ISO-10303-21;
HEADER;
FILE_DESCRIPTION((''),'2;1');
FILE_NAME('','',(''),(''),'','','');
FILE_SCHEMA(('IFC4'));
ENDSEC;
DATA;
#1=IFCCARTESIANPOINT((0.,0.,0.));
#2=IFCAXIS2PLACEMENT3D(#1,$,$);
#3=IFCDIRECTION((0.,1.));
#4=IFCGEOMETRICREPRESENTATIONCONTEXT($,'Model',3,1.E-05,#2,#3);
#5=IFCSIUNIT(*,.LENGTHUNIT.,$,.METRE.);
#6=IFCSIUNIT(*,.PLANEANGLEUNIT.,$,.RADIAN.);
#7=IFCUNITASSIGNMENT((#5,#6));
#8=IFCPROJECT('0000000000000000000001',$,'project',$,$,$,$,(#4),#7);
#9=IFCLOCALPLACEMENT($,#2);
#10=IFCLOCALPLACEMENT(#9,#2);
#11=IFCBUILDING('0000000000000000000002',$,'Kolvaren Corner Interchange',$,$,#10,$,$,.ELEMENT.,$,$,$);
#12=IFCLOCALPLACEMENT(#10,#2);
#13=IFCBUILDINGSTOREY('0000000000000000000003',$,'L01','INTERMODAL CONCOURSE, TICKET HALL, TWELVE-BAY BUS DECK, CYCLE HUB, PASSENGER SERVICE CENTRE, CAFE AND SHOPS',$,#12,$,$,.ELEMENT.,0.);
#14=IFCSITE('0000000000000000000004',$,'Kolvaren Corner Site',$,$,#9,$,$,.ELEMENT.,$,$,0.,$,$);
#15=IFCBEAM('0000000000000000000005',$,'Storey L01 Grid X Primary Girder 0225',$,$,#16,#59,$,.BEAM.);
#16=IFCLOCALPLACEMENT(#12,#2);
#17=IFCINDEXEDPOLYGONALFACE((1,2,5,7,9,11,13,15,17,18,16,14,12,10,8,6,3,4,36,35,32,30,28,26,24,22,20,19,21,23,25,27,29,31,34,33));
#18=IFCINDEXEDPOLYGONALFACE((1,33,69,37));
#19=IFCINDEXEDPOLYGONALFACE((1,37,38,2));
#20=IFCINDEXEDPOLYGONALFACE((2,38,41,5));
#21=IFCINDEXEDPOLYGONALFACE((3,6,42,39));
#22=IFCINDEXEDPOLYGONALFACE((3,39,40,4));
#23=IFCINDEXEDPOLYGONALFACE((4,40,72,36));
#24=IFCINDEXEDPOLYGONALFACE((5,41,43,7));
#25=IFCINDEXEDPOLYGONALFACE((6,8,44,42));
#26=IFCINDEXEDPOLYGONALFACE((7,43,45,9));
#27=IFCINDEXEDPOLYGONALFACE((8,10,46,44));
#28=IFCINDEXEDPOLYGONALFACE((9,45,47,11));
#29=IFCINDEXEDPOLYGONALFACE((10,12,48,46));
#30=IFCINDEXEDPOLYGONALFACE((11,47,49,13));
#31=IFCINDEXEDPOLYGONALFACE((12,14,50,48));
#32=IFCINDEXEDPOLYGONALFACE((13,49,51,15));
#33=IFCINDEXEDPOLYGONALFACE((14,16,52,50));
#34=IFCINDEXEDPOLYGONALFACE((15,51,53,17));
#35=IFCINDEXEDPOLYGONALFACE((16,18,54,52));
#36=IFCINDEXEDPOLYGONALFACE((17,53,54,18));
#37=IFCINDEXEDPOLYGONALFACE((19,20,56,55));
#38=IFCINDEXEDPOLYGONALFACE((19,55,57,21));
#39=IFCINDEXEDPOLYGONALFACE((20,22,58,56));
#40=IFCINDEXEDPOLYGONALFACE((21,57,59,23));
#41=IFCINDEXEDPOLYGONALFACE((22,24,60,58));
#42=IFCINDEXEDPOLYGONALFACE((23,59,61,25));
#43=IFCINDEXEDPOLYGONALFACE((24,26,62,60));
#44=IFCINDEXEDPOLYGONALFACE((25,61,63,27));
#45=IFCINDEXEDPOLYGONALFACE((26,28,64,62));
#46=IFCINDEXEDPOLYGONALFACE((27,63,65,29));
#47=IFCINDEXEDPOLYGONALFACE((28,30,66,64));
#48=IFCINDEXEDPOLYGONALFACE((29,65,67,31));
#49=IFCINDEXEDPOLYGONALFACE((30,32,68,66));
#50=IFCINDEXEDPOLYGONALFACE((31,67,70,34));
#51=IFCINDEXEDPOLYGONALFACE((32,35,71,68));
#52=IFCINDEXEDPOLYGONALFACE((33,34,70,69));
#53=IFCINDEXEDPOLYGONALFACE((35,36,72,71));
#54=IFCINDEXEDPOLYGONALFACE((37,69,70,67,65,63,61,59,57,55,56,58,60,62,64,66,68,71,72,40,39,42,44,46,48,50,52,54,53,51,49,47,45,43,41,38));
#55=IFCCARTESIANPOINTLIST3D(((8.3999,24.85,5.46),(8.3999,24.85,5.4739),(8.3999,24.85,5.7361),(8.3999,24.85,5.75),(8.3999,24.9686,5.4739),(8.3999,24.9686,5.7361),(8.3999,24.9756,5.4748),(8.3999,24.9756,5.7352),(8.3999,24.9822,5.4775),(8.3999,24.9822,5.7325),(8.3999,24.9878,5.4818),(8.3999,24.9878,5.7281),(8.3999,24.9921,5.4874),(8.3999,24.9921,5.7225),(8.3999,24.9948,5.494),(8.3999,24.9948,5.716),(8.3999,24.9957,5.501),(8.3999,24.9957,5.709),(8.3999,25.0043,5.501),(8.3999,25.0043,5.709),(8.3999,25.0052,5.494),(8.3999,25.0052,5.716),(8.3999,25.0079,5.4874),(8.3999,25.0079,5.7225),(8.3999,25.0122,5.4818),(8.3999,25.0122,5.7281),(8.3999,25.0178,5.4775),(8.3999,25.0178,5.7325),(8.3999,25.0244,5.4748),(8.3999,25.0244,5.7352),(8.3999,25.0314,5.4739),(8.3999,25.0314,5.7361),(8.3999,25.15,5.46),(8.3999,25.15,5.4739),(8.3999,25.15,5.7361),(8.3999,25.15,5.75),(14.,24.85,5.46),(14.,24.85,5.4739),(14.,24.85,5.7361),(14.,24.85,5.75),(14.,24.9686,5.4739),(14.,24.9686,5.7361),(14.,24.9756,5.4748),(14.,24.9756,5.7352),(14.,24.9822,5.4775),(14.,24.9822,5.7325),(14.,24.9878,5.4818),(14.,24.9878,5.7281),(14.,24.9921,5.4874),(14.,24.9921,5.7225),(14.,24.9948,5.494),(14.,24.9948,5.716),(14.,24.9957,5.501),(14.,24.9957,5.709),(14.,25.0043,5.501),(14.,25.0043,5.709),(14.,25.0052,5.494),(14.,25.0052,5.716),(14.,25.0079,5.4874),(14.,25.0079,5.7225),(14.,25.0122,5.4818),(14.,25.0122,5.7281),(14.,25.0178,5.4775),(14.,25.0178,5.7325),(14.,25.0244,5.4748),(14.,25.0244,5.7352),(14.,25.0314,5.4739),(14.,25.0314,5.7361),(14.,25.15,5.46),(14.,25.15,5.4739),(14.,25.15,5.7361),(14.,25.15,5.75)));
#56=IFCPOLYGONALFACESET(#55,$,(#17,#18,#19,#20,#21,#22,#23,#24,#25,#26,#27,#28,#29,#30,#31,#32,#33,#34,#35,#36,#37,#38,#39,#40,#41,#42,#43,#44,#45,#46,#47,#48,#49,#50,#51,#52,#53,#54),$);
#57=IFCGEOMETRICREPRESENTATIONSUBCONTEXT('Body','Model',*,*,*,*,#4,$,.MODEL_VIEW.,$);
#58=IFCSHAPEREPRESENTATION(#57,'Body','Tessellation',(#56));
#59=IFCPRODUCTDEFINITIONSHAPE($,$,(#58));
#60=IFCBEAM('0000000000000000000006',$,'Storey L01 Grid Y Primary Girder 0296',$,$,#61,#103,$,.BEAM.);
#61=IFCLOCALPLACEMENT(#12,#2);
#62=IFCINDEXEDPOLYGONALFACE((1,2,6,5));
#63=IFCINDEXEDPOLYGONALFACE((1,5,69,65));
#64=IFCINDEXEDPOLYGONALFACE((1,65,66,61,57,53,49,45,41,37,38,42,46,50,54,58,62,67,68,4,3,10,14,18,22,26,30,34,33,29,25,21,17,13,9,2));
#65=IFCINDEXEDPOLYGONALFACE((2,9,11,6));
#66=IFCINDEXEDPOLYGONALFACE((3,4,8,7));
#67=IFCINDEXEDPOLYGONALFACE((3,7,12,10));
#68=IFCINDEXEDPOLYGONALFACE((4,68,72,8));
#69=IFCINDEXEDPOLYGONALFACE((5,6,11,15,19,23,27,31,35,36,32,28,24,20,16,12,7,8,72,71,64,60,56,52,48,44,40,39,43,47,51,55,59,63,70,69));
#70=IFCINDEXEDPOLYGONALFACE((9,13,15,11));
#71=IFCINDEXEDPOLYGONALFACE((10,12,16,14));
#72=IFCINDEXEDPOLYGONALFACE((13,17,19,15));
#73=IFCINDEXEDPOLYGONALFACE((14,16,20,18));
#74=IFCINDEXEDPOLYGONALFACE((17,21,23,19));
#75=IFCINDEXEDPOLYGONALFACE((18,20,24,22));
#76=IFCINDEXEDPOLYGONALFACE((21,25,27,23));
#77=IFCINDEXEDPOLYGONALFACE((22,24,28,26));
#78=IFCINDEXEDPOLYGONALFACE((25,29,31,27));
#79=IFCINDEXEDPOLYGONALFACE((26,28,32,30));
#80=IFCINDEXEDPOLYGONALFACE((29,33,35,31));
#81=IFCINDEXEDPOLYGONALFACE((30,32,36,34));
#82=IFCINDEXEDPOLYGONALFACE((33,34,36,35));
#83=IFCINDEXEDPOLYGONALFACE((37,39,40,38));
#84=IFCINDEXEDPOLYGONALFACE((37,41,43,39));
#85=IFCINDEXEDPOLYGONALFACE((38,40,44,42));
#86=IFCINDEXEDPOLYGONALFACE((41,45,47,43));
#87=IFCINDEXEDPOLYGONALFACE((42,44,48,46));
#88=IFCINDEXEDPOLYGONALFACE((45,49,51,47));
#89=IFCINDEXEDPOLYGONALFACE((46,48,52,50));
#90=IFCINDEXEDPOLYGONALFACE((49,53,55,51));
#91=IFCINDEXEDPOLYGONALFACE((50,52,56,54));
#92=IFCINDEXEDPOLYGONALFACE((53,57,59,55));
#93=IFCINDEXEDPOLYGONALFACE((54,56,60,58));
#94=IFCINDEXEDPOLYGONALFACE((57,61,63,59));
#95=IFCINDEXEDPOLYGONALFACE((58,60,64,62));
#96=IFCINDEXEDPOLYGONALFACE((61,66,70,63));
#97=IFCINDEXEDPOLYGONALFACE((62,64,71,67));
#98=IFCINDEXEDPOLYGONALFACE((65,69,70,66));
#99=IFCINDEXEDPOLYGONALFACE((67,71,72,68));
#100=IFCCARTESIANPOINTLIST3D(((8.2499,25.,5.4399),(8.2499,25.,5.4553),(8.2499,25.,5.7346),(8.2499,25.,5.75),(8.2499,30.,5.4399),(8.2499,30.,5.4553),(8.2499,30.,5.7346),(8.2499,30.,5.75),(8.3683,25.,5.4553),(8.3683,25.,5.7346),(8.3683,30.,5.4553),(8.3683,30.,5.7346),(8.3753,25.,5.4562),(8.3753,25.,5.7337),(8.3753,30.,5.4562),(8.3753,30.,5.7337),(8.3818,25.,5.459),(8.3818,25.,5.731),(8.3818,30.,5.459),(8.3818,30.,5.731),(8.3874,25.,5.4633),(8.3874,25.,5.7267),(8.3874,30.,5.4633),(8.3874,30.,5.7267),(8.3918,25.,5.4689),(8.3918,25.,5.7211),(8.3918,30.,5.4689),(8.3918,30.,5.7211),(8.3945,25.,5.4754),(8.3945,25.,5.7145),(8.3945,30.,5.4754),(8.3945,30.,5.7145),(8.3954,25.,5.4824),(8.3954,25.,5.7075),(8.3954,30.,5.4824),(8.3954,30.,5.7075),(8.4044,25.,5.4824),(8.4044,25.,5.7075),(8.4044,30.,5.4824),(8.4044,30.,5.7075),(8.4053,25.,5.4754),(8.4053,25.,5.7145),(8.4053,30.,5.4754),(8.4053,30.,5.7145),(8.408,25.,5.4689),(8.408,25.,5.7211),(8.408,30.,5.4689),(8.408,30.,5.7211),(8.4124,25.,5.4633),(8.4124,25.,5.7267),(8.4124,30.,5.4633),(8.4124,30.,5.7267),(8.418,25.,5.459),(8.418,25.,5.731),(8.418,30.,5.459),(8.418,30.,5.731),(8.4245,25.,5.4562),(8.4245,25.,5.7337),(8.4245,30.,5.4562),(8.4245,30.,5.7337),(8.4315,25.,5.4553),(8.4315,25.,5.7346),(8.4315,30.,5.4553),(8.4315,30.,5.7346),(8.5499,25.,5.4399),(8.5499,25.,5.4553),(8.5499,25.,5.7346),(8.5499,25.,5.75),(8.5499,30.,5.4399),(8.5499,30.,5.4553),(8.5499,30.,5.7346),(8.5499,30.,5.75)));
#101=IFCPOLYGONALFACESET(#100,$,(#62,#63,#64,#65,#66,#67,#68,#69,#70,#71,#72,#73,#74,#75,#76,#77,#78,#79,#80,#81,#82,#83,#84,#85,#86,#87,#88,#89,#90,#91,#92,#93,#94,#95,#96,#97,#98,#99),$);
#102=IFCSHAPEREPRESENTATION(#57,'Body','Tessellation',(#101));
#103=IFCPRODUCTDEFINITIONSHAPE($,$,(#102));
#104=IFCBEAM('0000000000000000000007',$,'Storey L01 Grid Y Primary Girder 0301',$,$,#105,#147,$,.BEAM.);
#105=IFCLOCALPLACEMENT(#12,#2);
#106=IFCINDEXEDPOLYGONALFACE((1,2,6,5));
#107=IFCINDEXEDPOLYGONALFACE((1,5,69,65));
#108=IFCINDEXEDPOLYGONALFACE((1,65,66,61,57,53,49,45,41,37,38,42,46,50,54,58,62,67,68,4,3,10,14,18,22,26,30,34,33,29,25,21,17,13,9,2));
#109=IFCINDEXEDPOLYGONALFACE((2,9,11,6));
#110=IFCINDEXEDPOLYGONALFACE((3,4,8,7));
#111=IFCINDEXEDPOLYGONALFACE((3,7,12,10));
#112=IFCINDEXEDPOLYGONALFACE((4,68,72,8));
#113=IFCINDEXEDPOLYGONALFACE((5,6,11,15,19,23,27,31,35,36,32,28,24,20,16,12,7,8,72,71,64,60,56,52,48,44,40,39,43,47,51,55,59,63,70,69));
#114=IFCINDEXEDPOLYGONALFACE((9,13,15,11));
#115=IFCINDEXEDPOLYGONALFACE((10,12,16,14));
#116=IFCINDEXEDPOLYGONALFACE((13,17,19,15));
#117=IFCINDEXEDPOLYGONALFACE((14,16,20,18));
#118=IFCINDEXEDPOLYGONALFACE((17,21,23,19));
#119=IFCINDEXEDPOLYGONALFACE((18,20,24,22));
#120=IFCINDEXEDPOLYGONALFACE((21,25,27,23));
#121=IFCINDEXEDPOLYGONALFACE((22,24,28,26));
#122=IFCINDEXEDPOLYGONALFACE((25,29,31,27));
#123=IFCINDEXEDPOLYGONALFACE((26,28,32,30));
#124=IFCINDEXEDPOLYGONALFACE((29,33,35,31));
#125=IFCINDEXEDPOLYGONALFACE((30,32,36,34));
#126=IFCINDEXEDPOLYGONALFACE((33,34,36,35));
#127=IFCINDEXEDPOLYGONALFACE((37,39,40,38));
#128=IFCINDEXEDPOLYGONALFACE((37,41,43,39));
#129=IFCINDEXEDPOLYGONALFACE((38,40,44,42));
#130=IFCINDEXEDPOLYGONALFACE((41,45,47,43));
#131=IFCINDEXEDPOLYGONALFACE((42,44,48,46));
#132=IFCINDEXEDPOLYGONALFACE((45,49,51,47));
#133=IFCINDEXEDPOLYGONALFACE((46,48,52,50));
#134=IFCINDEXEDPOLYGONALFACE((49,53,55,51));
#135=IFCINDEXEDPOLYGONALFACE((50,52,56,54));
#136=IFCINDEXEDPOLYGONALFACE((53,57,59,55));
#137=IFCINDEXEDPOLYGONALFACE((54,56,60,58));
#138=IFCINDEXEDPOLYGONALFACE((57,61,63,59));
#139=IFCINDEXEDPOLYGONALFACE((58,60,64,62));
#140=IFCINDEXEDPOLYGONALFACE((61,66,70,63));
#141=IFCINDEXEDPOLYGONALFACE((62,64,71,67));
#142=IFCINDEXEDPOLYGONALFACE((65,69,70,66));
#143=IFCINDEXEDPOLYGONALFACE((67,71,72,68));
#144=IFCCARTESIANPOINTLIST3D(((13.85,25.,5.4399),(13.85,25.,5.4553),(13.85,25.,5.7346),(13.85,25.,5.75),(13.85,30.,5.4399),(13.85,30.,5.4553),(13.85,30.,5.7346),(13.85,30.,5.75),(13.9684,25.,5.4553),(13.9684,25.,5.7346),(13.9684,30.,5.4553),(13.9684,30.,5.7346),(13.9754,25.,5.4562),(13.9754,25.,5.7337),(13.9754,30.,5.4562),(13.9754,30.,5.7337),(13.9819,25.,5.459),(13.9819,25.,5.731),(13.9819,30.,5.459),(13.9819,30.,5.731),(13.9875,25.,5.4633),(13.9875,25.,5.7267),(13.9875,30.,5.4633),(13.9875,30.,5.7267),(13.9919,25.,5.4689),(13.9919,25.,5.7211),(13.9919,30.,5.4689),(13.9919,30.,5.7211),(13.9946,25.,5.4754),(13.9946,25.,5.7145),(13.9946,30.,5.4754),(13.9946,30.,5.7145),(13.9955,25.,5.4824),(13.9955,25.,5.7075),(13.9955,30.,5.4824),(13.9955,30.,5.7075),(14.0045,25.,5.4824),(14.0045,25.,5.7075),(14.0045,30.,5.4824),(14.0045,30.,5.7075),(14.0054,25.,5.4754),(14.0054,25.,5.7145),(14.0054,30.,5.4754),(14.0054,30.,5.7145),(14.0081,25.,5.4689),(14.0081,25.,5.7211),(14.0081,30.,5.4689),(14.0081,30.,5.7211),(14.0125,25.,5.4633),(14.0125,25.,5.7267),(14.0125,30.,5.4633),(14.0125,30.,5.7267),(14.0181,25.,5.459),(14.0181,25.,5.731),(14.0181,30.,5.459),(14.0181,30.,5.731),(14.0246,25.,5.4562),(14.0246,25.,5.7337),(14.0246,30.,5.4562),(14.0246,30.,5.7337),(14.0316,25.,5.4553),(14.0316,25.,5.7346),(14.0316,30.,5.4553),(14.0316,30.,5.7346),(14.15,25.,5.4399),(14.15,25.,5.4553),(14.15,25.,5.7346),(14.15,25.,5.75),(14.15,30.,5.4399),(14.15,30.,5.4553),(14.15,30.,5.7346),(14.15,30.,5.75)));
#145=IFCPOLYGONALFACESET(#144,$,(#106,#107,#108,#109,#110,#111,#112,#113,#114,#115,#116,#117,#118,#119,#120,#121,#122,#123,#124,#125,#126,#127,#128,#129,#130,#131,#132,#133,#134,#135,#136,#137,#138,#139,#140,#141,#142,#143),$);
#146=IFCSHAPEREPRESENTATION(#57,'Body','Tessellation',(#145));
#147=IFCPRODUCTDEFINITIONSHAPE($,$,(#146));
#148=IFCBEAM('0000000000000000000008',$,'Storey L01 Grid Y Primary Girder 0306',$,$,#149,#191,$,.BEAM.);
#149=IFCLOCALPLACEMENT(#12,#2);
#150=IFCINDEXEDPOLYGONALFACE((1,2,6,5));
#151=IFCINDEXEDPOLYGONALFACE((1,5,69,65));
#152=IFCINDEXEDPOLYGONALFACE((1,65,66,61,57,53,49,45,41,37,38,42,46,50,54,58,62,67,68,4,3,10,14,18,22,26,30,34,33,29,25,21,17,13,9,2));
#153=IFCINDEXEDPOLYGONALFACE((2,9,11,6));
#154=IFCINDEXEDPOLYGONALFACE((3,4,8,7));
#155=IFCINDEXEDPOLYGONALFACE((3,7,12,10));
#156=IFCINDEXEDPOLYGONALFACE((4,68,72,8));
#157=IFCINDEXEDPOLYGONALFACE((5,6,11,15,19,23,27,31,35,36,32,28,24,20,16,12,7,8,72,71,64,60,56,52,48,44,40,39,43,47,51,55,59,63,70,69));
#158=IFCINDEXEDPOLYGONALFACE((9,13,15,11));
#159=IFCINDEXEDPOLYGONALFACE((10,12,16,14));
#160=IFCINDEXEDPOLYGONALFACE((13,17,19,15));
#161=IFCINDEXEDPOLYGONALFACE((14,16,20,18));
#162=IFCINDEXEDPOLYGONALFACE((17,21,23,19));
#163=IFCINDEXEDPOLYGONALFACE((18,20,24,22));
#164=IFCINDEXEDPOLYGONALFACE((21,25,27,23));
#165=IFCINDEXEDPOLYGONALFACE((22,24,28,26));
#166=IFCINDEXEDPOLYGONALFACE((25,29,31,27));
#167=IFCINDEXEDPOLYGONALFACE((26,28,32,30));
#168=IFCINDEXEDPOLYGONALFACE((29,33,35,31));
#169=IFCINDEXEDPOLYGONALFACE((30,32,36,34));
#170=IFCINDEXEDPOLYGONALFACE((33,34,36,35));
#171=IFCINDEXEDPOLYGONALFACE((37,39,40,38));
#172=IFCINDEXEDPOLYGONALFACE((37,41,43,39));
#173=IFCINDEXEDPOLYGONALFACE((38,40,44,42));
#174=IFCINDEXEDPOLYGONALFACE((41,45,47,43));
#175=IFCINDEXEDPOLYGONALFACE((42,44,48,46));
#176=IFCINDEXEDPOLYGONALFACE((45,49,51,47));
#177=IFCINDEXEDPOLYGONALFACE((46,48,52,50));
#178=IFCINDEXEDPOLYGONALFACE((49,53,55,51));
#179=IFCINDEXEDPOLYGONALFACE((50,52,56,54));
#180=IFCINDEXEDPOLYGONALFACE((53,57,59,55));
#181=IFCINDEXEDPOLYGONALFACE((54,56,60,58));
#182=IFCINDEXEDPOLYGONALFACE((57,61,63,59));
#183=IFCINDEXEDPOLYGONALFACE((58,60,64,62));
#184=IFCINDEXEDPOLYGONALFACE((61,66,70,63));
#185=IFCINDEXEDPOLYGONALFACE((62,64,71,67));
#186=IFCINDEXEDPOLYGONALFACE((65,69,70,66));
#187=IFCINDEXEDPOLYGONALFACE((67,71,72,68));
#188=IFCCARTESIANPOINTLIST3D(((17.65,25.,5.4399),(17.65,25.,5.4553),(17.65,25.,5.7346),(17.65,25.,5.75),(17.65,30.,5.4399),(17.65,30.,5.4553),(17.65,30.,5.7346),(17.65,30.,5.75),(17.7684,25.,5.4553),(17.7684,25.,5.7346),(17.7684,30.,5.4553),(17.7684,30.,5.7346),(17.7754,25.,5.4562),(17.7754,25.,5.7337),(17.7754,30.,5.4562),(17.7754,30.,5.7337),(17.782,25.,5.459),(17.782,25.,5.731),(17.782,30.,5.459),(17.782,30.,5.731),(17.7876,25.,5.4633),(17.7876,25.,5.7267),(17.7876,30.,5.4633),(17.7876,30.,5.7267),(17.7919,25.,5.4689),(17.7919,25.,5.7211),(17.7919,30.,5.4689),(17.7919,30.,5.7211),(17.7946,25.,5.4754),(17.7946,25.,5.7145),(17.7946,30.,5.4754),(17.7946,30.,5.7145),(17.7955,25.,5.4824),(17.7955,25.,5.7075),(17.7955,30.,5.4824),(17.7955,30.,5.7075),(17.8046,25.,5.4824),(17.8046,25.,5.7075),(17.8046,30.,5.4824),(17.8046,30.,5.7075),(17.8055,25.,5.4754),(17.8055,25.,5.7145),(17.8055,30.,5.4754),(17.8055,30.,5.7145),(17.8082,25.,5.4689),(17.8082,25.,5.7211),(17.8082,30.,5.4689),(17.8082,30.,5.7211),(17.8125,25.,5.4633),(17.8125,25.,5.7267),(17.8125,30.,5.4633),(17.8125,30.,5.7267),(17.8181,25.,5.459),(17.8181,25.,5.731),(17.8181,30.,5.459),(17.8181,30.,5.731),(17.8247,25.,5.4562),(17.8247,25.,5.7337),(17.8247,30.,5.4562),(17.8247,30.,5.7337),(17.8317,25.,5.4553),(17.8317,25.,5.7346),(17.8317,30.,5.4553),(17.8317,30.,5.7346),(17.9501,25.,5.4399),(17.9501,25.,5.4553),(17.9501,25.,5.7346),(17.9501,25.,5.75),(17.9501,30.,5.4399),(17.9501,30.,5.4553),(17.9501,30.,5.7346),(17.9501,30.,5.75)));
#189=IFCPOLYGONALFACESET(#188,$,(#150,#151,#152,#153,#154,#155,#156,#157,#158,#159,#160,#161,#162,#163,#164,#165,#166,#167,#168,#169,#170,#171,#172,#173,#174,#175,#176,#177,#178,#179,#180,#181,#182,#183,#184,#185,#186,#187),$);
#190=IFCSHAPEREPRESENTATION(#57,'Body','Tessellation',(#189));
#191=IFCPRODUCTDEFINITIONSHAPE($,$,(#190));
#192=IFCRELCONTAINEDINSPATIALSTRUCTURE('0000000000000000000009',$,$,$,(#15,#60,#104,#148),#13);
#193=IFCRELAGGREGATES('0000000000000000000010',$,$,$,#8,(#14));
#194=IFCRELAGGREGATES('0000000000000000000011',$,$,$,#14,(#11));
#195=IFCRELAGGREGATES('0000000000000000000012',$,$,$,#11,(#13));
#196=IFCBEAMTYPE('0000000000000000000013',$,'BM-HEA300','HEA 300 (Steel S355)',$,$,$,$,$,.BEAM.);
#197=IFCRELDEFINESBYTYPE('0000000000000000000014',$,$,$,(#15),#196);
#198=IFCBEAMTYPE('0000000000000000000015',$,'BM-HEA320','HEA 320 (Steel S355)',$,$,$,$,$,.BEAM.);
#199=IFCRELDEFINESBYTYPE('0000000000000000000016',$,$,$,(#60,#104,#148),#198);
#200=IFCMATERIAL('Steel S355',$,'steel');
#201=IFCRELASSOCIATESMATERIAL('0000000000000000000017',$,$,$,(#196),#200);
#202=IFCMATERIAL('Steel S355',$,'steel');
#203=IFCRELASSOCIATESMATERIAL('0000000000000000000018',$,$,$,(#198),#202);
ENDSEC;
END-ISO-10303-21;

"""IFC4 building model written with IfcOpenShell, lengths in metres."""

from ifc_helpers import new_model, si_unit, direction, frame, origin, origin_2d, place, context, subcontext, project, spatial, i_section, extrude, material, material_profile, profile_set, type_object, element, save


model = new_model("IFC4")

# Units and contexts
model_context = context("Model", 3, precision=1e-05, world=origin(), true_north=direction((0.0, 1.0)))
body_context = subcontext(model_context, "Body", "Model", "MODEL_VIEW")
ifc_project = project(units=[si_unit("LENGTHUNIT", "METRE"), si_unit("PLANEANGLEUNIT", "RADIAN")], contexts=[model_context])

# Site, building, storey
site_placement = place(None, origin())
site = spatial("IfcSite", under=ifc_project, at=site_placement, Name="Kolvaren Corner Site", CompositionType="ELEMENT", RefElevation=0.0)
building_placement = place(site_placement, origin())
building = spatial("IfcBuilding", under=site, at=building_placement, Name="Kolvaren Corner Interchange", CompositionType="ELEMENT")
storey_placement = place(building_placement, origin())
storey = spatial("IfcBuildingStorey", under=building, at=storey_placement, Name="L01", Description="INTERMODAL CONCOURSE, TICKET HALL, TWELVE-BAY BUS DECK, CYCLE HUB, PASSENGER SERVICE CENTRE, CAFE AND SHOPS", CompositionType="ELEMENT", Elevation=0.0)

# Beams
ifc_material_1 = material(Name="Steel S355", Category="steel")
ifc_material_profile_1 = material_profile(ifc_material_1, i_section(OverallWidth=0.3, OverallDepth=0.29, WebThickness=0.0085, FlangeThickness=0.0139, FilletRadius=0.0271, at=origin_2d()), Name="HEA 300")
ifc_profile_set_1 = profile_set([ifc_material_profile_1], Name="Steel S355")
beam_type_1 = type_object("IfcBeamType", Name="BM-HEA300", Description="HEA 300 (Steel S355)", PredefinedType="BEAM", material=ifc_profile_set_1)
beam_1_placement = place(storey_placement, frame((8.3999, 25.0, 5.605), z_axis=(1.0, 0.0, 0.0), x_axis=(0.0, 1.0, 0.0)))
element("IfcBeam", 1, at=beam_1_placement, inside=storey, type_object=beam_type_1, Name="Storey L01 Grid X Primary Girder 0225", PredefinedType="BEAM", context=body_context, shape_type="SweptSolid", body=[
    extrude(i_section(OverallWidth=0.3, OverallDepth=0.29, WebThickness=0.0085, FlangeThickness=0.0139, FilletRadius=0.0271, at=origin_2d()), origin(), (0.0, 0.0, 1.0), 5.6001),
])
ifc_material_2 = material(Name="Steel S355", Category="steel")
ifc_material_profile_2 = material_profile(ifc_material_2, i_section(OverallWidth=0.3, OverallDepth=0.3101, WebThickness=0.009, FlangeThickness=0.0154, FilletRadius=0.0271, at=origin_2d()), Name="HEA 320")
ifc_profile_set_2 = profile_set([ifc_material_profile_2], Name="Steel S355")
beam_type_2 = type_object("IfcBeamType", Name="BM-HEA320", Description="HEA 320 (Steel S355)", PredefinedType="BEAM", material=ifc_profile_set_2)
for number, where, z_axis, x_axis, name in (
    (2, (8.3999, 25.0, 5.595), (0.0, 1.0, 0.0), (-1.0, 0.0, 0.0), "Storey L01 Grid Y Primary Girder 0296"),
    (3, (14.0, 25.0, 5.595), (0.0, 1.0, 0.0), (-1.0, 0.0, 0.0), "Storey L01 Grid Y Primary Girder 0301"),
    (4, (17.8, 25.0, 5.595), (0.0, 1.0, 0.0), (-1.0, 0.0, 0.0), "Storey L01 Grid Y Primary Girder 0306"),
):
    element("IfcBeam", number, at=place(storey_placement, frame(where, z_axis=z_axis, x_axis=x_axis)), inside=storey, type_object=beam_type_2, Name=name, PredefinedType="BEAM", context=body_context, shape_type="SweptSolid", body=[
        extrude(i_section(OverallWidth=0.3, OverallDepth=0.3101, WebThickness=0.009, FlangeThickness=0.0154, FilletRadius=0.0271, at=origin_2d()), origin(), (0.0, 0.0, 1.0), 5.0),
    ])

save(model, "model.ifc")
